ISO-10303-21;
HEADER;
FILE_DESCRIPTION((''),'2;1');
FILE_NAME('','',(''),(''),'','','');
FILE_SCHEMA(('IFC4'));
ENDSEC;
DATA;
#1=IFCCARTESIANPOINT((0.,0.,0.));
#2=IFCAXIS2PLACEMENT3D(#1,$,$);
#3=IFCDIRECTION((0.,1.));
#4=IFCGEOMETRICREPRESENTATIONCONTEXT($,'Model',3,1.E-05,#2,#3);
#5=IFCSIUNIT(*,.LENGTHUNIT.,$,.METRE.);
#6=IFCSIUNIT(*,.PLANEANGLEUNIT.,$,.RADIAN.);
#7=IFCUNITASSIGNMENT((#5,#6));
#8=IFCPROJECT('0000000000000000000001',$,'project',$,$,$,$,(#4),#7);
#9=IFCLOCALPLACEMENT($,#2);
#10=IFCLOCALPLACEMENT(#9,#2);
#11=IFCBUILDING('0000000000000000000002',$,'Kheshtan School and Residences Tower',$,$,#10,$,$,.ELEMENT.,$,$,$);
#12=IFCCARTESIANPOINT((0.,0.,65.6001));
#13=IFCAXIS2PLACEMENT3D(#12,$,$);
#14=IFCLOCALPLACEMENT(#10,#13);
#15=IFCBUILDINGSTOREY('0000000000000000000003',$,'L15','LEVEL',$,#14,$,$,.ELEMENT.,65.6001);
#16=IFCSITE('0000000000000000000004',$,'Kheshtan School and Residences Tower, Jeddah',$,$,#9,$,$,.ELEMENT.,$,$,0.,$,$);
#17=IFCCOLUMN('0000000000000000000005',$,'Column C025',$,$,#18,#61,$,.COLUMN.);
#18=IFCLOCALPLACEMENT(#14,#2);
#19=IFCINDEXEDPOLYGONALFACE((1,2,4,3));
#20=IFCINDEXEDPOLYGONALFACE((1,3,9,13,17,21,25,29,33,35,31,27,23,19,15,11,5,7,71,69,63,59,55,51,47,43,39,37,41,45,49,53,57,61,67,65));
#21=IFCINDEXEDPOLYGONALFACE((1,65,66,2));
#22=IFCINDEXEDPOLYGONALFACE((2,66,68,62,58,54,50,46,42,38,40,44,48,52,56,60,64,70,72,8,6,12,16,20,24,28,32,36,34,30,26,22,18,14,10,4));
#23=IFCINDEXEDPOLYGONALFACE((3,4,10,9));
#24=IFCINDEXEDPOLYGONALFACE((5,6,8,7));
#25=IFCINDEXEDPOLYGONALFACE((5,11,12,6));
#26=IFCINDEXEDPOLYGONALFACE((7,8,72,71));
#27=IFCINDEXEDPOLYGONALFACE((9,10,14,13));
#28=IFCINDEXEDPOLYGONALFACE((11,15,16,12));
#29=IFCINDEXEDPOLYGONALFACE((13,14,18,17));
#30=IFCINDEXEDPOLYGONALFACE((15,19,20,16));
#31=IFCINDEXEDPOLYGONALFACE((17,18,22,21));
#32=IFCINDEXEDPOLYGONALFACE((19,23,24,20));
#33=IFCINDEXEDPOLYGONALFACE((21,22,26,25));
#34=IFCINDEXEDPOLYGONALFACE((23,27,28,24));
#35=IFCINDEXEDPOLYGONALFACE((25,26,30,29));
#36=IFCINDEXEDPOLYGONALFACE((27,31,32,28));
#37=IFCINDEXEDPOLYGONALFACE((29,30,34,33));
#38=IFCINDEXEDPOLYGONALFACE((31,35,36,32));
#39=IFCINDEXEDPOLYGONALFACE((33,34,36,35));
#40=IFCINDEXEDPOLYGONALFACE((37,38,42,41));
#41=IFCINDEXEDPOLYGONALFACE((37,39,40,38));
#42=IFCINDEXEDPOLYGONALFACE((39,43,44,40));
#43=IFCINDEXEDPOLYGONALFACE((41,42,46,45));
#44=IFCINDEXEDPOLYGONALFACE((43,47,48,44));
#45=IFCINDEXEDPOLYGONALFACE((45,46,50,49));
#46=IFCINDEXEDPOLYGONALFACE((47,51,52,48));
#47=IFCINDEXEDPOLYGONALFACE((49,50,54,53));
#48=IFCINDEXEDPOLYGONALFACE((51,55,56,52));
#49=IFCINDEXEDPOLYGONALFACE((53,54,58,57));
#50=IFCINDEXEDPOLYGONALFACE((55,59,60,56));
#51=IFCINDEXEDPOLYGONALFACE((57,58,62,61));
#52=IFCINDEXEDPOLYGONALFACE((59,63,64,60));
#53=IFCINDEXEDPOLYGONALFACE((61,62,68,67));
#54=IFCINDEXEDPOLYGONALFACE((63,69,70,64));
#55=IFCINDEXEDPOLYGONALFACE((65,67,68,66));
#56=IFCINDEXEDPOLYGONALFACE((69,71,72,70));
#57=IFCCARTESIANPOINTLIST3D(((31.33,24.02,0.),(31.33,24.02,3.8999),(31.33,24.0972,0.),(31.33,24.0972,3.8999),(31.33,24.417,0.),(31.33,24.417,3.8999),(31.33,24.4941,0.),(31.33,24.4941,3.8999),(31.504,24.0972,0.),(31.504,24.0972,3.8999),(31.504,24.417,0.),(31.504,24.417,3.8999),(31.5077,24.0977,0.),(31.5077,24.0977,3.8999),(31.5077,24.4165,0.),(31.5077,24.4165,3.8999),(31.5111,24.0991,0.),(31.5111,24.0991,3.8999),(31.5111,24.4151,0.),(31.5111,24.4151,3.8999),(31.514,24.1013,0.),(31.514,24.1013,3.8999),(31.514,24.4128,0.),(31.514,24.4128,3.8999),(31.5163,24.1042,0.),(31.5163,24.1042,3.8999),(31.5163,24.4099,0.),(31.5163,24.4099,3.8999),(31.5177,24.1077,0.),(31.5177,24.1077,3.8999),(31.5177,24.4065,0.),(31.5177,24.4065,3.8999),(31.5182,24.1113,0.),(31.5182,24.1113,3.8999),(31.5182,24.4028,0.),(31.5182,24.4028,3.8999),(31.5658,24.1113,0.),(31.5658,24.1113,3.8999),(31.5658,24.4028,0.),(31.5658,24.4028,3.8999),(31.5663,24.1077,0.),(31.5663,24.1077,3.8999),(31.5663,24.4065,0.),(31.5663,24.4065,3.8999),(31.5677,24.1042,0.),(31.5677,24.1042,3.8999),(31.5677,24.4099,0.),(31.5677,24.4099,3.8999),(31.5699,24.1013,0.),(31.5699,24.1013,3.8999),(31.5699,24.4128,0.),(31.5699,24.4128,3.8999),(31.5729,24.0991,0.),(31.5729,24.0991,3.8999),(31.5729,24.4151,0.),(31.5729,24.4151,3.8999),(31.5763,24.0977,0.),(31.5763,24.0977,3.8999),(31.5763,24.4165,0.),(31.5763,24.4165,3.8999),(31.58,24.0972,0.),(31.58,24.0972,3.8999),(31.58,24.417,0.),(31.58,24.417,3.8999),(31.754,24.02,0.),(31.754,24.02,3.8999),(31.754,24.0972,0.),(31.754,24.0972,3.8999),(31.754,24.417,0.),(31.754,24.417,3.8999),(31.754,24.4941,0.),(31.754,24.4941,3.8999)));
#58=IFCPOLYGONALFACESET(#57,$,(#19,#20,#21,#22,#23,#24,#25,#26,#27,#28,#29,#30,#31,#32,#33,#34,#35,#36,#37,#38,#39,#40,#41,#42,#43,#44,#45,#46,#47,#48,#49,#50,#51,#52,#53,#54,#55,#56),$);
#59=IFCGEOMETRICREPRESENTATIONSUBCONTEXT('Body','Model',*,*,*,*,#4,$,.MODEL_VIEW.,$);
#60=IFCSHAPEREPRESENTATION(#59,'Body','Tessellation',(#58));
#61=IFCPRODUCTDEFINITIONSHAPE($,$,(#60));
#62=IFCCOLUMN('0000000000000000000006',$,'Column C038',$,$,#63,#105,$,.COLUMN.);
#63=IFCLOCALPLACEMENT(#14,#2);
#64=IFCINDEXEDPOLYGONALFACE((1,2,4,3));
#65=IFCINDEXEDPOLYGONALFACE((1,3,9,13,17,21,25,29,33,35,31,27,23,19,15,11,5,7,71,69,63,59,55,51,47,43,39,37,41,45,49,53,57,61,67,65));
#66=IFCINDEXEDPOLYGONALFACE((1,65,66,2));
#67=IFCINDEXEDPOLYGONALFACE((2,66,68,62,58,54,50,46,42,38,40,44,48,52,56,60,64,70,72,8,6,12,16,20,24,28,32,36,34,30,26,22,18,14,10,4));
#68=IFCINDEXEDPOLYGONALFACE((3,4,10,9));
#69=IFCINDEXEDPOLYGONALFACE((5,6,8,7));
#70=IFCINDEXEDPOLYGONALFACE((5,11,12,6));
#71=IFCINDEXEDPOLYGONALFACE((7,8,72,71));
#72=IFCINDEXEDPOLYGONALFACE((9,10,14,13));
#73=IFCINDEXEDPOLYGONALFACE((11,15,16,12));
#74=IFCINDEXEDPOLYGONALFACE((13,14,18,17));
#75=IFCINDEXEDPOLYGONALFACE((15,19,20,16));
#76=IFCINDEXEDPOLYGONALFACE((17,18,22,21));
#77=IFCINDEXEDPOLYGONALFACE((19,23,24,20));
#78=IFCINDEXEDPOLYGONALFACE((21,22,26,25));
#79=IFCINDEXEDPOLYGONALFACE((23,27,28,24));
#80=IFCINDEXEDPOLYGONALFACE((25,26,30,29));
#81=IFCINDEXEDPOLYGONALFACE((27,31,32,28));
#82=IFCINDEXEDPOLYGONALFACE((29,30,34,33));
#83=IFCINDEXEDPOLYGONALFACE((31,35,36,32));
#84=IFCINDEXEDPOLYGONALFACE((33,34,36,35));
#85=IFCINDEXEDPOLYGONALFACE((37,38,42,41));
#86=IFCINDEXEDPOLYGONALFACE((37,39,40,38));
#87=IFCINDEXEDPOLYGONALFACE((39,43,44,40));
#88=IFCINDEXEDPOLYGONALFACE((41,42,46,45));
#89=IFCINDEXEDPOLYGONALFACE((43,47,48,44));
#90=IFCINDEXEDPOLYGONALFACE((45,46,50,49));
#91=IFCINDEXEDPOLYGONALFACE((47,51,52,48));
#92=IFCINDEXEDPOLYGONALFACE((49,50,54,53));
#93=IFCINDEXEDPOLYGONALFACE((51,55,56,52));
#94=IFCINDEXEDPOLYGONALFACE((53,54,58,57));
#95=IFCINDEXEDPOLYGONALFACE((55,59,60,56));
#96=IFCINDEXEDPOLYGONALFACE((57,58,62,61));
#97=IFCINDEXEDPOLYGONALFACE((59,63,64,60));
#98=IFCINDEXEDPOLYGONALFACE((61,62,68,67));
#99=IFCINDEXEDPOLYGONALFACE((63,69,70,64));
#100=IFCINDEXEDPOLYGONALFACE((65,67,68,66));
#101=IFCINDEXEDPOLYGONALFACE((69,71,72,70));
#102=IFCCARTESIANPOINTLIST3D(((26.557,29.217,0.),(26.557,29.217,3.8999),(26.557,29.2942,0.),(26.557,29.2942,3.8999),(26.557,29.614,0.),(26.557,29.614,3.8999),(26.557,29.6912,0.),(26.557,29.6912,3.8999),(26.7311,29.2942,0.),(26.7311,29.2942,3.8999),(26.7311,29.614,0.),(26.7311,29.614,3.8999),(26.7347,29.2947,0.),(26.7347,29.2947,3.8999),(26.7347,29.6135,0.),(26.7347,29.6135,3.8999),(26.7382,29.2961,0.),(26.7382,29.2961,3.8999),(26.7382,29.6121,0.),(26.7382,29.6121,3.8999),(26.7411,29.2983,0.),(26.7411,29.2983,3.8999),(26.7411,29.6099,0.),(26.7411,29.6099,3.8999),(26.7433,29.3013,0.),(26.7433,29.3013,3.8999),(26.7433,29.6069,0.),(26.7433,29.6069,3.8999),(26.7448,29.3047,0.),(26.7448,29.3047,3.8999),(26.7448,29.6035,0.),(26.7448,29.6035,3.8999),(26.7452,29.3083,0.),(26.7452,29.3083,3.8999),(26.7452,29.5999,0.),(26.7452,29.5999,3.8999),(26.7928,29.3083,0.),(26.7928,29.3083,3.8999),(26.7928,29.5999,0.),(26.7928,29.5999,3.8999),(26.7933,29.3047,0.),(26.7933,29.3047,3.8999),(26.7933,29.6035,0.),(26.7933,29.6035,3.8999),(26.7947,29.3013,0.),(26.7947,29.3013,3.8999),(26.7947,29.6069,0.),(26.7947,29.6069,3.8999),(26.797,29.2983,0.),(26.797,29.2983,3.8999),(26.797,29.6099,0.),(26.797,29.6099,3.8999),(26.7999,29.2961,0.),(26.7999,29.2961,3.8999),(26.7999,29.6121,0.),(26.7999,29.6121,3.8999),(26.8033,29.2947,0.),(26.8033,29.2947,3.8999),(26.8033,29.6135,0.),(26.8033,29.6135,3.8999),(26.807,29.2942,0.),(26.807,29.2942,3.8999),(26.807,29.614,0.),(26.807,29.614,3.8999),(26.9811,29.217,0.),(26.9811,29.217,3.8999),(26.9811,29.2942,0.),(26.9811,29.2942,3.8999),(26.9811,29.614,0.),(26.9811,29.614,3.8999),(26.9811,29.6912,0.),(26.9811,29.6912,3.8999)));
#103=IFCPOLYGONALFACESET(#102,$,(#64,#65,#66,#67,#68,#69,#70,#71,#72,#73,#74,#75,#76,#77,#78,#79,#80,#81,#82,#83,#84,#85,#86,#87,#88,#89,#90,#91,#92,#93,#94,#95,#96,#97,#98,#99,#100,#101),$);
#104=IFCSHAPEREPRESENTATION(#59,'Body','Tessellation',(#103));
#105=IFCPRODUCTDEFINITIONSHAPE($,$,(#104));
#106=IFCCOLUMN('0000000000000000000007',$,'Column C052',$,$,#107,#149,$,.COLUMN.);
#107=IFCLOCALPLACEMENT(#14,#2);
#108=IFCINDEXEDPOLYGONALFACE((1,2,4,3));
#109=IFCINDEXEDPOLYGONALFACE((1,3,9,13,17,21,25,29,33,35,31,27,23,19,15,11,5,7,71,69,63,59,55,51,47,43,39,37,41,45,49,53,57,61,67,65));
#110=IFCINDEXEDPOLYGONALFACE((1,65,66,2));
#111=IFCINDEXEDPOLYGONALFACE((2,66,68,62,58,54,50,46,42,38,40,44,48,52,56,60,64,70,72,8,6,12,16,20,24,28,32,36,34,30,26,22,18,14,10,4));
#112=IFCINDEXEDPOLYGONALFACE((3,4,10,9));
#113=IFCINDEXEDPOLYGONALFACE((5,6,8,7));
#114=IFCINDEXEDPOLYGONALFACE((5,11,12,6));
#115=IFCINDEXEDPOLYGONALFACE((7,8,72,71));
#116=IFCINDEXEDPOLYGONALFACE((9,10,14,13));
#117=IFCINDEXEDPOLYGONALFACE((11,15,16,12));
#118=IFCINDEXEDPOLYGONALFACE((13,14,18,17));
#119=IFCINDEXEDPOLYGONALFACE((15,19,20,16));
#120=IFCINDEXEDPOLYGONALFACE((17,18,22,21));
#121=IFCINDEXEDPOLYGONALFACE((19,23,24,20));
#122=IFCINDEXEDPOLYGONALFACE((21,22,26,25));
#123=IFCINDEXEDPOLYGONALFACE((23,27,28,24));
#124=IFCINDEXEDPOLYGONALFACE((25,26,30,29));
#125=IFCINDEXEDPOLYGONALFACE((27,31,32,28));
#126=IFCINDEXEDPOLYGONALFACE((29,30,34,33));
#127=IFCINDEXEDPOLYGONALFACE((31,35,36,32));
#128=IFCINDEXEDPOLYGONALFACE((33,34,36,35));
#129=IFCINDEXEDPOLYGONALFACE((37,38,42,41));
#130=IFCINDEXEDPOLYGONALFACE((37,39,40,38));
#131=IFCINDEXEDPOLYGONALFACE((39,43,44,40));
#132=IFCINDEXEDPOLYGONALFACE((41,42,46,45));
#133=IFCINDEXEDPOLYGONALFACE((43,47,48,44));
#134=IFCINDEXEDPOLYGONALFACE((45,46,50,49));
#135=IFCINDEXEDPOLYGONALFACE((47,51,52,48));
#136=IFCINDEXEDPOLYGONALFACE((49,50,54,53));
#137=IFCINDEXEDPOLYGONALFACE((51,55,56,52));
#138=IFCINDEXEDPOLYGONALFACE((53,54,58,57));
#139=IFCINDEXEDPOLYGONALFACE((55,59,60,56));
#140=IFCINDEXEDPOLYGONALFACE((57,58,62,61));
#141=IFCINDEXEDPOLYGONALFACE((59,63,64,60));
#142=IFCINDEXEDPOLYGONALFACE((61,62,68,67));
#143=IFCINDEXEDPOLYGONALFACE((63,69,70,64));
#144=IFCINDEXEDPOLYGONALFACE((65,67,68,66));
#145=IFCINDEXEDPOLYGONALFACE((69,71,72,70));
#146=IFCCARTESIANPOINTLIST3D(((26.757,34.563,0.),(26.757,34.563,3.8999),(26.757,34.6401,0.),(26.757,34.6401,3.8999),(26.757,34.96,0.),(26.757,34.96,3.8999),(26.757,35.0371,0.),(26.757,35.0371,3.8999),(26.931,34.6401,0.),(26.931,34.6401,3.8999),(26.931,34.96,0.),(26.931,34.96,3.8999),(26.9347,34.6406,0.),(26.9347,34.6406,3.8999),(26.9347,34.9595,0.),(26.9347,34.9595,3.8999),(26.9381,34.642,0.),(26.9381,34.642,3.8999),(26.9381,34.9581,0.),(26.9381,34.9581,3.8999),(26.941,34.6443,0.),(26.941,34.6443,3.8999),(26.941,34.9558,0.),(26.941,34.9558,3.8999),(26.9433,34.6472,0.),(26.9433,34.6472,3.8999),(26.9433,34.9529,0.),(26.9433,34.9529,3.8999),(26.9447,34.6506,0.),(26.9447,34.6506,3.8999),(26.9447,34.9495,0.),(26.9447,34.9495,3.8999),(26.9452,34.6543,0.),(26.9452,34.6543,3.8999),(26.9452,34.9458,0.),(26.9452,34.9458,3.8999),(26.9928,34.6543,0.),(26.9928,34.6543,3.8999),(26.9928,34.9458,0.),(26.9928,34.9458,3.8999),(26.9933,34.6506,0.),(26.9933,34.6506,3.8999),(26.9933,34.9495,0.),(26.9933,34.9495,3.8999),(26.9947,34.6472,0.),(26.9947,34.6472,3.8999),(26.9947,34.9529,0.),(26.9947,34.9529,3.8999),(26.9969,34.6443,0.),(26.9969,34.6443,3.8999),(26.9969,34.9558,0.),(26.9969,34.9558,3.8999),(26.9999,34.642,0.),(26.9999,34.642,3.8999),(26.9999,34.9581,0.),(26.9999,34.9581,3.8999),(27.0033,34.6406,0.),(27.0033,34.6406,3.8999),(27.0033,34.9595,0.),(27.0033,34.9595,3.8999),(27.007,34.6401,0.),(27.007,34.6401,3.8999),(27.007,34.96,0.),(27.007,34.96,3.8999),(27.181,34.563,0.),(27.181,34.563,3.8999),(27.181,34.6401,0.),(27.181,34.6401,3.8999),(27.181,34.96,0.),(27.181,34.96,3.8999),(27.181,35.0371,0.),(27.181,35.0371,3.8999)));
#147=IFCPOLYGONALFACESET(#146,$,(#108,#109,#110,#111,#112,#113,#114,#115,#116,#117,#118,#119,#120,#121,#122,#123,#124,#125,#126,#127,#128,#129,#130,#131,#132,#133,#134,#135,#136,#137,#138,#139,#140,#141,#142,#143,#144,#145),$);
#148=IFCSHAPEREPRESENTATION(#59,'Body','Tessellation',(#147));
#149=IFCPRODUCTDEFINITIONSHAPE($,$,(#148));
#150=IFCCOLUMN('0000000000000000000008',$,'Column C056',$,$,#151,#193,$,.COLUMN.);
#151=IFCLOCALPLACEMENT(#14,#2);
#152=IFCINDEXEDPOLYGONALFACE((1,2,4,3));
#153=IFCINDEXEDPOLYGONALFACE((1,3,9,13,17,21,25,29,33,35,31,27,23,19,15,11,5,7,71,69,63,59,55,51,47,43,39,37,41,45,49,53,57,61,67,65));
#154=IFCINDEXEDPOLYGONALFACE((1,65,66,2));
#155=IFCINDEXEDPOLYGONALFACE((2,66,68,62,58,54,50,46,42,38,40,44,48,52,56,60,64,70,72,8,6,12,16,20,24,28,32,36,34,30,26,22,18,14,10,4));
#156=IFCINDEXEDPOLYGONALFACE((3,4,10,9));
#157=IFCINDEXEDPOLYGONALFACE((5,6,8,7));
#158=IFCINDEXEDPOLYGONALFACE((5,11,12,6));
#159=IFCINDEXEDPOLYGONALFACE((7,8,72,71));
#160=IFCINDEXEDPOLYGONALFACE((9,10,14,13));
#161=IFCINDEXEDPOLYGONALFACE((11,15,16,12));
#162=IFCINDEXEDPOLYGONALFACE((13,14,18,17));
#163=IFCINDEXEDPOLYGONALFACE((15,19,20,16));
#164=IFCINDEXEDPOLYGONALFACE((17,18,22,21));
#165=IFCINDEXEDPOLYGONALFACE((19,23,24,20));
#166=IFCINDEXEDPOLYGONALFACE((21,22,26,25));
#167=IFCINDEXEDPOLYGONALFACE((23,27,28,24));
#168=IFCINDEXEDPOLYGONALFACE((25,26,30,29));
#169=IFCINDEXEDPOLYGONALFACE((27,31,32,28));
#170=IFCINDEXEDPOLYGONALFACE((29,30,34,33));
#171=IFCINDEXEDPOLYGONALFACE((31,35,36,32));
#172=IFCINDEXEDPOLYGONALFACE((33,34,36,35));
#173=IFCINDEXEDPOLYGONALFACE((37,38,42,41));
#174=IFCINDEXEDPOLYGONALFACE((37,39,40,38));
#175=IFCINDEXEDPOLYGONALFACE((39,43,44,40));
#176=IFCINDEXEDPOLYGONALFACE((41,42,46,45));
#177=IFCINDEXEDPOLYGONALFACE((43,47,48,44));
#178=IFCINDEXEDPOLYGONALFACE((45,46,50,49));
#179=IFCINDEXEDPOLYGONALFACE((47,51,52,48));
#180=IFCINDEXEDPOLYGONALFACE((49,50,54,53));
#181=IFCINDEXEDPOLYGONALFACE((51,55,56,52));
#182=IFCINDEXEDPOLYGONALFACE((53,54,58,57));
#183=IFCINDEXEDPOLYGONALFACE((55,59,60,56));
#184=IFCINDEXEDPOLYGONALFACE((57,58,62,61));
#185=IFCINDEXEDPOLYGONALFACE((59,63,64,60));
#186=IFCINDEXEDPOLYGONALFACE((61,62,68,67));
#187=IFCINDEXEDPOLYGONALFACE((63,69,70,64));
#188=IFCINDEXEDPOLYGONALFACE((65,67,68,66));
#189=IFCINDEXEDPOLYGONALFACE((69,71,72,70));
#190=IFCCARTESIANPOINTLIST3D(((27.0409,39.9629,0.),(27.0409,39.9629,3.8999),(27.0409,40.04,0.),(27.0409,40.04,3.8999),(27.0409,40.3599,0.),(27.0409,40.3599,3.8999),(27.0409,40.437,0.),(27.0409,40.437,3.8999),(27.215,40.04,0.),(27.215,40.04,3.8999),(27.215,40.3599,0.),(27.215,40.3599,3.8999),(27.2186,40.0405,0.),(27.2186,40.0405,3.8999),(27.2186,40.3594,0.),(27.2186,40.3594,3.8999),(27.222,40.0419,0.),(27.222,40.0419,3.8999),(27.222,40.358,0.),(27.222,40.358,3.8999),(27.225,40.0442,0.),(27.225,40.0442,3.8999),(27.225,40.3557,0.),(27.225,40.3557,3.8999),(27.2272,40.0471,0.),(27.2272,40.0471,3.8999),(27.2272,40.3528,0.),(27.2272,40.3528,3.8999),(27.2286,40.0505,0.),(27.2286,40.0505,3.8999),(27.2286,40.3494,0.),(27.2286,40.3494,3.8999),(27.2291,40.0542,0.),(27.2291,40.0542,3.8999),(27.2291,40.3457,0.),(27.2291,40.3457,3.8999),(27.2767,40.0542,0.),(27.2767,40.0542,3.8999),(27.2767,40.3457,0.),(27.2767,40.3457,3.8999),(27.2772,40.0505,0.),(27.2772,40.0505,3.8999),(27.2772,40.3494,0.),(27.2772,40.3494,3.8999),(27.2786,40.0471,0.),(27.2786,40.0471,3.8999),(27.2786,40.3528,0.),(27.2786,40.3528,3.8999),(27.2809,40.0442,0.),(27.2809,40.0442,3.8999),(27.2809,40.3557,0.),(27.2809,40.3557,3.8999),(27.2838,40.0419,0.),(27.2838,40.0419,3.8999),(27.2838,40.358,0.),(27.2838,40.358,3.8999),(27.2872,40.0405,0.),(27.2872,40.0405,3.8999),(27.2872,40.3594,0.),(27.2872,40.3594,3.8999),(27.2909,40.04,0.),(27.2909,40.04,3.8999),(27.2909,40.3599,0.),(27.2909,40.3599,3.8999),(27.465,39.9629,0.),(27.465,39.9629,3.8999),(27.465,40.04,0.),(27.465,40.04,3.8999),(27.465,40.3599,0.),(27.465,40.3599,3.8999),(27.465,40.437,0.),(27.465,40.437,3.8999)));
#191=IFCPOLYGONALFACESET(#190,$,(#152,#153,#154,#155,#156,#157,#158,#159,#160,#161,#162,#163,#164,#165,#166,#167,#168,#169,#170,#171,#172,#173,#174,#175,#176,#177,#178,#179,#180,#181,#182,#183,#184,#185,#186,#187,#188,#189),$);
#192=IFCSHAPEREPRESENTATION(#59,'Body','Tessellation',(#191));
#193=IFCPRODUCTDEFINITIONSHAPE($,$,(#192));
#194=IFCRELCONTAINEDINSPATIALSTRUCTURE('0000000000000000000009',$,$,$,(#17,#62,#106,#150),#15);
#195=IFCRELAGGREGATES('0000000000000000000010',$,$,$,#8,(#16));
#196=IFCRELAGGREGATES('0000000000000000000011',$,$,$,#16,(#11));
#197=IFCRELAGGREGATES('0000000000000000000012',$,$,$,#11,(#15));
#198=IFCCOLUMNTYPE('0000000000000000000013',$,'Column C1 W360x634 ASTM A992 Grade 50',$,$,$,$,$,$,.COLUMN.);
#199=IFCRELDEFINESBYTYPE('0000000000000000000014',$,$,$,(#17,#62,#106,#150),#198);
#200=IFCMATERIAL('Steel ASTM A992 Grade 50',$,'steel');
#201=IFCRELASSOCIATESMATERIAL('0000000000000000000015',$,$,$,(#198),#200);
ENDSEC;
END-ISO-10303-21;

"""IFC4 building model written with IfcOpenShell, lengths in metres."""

from ifc_helpers import new_model, si_unit, direction, frame, origin, origin_2d, place, context, subcontext, project, spatial, i_section, extrude, material, material_profile, profile_set, type_object, element, save


model = new_model("IFC4")

# Units and contexts
model_context = context("Model", 3, precision=1e-05, world=origin(), true_north=direction((0.0, 1.0)))
body_context = subcontext(model_context, "Body", "Model", "MODEL_VIEW")
ifc_project = project(units=[si_unit("LENGTHUNIT", "METRE"), si_unit("PLANEANGLEUNIT", "RADIAN")], contexts=[model_context])

# Site, building, storey
site_placement = place(None, origin())
site = spatial("IfcSite", under=ifc_project, at=site_placement, Name="Kheshtan School and Residences Tower, Jeddah", CompositionType="ELEMENT", RefElevation=0.0)
building_placement = place(site_placement, origin())
building = spatial("IfcBuilding", under=site, at=building_placement, Name="Kheshtan School and Residences Tower", CompositionType="ELEMENT")
storey_placement = place(building_placement, frame((0.0, 0.0, 65.6001)))
storey = spatial("IfcBuildingStorey", under=building, at=storey_placement, Name="L15", Description="LEVEL", CompositionType="ELEMENT", Elevation=65.6001)

# Columns
ifc_material_1 = material(Name="Steel ASTM A992 Grade 50", Category="steel")
ifc_material_profile_1 = material_profile(ifc_material_1, i_section(OverallWidth=0.4241, OverallDepth=0.4741, WebThickness=0.0476, FlangeThickness=0.0771, FilletRadius=0.0142, at=origin_2d()), Name="W360x634")
ifc_profile_set_1 = profile_set([ifc_material_profile_1], Name="Steel ASTM A992 Grade 50")
column_type = type_object("IfcColumnType", Name="Column C1 W360x634 ASTM A992 Grade 50", PredefinedType="COLUMN", material=ifc_profile_set_1)
for number, where, z_axis, x_axis, name in (
    (1, (31.542, 24.2571, 0.0), (0.0, 0.0, 1.0), (1.0, 0.0, 0.0), "Column C025"),
    (2, (26.769, 29.4541, 0.0), (0.0, 0.0, 1.0), (1.0, 0.0, 0.0), "Column C038"),
    (3, (26.969, 34.8, 0.0), (0.0, 0.0, 1.0), (1.0, 0.0, 0.0), "Column C052"),
    (4, (27.2529, 40.2, 0.0), (0.0, 0.0, 1.0), (1.0, 0.0, 0.0), "Column C056"),
):
    element("IfcColumn", number, at=place(storey_placement, frame(where, z_axis=z_axis, x_axis=x_axis)), inside=storey, type_object=column_type, Name=name, PredefinedType="COLUMN", context=body_context, shape_type="SweptSolid", body=[
        extrude(i_section(OverallWidth=0.4241, OverallDepth=0.4741, WebThickness=0.0476, FlangeThickness=0.0771, FilletRadius=0.0142, at=origin_2d()), origin(), (0.0, 0.0, 1.0), 3.8999),
    ])

save(model, "model.ifc")
